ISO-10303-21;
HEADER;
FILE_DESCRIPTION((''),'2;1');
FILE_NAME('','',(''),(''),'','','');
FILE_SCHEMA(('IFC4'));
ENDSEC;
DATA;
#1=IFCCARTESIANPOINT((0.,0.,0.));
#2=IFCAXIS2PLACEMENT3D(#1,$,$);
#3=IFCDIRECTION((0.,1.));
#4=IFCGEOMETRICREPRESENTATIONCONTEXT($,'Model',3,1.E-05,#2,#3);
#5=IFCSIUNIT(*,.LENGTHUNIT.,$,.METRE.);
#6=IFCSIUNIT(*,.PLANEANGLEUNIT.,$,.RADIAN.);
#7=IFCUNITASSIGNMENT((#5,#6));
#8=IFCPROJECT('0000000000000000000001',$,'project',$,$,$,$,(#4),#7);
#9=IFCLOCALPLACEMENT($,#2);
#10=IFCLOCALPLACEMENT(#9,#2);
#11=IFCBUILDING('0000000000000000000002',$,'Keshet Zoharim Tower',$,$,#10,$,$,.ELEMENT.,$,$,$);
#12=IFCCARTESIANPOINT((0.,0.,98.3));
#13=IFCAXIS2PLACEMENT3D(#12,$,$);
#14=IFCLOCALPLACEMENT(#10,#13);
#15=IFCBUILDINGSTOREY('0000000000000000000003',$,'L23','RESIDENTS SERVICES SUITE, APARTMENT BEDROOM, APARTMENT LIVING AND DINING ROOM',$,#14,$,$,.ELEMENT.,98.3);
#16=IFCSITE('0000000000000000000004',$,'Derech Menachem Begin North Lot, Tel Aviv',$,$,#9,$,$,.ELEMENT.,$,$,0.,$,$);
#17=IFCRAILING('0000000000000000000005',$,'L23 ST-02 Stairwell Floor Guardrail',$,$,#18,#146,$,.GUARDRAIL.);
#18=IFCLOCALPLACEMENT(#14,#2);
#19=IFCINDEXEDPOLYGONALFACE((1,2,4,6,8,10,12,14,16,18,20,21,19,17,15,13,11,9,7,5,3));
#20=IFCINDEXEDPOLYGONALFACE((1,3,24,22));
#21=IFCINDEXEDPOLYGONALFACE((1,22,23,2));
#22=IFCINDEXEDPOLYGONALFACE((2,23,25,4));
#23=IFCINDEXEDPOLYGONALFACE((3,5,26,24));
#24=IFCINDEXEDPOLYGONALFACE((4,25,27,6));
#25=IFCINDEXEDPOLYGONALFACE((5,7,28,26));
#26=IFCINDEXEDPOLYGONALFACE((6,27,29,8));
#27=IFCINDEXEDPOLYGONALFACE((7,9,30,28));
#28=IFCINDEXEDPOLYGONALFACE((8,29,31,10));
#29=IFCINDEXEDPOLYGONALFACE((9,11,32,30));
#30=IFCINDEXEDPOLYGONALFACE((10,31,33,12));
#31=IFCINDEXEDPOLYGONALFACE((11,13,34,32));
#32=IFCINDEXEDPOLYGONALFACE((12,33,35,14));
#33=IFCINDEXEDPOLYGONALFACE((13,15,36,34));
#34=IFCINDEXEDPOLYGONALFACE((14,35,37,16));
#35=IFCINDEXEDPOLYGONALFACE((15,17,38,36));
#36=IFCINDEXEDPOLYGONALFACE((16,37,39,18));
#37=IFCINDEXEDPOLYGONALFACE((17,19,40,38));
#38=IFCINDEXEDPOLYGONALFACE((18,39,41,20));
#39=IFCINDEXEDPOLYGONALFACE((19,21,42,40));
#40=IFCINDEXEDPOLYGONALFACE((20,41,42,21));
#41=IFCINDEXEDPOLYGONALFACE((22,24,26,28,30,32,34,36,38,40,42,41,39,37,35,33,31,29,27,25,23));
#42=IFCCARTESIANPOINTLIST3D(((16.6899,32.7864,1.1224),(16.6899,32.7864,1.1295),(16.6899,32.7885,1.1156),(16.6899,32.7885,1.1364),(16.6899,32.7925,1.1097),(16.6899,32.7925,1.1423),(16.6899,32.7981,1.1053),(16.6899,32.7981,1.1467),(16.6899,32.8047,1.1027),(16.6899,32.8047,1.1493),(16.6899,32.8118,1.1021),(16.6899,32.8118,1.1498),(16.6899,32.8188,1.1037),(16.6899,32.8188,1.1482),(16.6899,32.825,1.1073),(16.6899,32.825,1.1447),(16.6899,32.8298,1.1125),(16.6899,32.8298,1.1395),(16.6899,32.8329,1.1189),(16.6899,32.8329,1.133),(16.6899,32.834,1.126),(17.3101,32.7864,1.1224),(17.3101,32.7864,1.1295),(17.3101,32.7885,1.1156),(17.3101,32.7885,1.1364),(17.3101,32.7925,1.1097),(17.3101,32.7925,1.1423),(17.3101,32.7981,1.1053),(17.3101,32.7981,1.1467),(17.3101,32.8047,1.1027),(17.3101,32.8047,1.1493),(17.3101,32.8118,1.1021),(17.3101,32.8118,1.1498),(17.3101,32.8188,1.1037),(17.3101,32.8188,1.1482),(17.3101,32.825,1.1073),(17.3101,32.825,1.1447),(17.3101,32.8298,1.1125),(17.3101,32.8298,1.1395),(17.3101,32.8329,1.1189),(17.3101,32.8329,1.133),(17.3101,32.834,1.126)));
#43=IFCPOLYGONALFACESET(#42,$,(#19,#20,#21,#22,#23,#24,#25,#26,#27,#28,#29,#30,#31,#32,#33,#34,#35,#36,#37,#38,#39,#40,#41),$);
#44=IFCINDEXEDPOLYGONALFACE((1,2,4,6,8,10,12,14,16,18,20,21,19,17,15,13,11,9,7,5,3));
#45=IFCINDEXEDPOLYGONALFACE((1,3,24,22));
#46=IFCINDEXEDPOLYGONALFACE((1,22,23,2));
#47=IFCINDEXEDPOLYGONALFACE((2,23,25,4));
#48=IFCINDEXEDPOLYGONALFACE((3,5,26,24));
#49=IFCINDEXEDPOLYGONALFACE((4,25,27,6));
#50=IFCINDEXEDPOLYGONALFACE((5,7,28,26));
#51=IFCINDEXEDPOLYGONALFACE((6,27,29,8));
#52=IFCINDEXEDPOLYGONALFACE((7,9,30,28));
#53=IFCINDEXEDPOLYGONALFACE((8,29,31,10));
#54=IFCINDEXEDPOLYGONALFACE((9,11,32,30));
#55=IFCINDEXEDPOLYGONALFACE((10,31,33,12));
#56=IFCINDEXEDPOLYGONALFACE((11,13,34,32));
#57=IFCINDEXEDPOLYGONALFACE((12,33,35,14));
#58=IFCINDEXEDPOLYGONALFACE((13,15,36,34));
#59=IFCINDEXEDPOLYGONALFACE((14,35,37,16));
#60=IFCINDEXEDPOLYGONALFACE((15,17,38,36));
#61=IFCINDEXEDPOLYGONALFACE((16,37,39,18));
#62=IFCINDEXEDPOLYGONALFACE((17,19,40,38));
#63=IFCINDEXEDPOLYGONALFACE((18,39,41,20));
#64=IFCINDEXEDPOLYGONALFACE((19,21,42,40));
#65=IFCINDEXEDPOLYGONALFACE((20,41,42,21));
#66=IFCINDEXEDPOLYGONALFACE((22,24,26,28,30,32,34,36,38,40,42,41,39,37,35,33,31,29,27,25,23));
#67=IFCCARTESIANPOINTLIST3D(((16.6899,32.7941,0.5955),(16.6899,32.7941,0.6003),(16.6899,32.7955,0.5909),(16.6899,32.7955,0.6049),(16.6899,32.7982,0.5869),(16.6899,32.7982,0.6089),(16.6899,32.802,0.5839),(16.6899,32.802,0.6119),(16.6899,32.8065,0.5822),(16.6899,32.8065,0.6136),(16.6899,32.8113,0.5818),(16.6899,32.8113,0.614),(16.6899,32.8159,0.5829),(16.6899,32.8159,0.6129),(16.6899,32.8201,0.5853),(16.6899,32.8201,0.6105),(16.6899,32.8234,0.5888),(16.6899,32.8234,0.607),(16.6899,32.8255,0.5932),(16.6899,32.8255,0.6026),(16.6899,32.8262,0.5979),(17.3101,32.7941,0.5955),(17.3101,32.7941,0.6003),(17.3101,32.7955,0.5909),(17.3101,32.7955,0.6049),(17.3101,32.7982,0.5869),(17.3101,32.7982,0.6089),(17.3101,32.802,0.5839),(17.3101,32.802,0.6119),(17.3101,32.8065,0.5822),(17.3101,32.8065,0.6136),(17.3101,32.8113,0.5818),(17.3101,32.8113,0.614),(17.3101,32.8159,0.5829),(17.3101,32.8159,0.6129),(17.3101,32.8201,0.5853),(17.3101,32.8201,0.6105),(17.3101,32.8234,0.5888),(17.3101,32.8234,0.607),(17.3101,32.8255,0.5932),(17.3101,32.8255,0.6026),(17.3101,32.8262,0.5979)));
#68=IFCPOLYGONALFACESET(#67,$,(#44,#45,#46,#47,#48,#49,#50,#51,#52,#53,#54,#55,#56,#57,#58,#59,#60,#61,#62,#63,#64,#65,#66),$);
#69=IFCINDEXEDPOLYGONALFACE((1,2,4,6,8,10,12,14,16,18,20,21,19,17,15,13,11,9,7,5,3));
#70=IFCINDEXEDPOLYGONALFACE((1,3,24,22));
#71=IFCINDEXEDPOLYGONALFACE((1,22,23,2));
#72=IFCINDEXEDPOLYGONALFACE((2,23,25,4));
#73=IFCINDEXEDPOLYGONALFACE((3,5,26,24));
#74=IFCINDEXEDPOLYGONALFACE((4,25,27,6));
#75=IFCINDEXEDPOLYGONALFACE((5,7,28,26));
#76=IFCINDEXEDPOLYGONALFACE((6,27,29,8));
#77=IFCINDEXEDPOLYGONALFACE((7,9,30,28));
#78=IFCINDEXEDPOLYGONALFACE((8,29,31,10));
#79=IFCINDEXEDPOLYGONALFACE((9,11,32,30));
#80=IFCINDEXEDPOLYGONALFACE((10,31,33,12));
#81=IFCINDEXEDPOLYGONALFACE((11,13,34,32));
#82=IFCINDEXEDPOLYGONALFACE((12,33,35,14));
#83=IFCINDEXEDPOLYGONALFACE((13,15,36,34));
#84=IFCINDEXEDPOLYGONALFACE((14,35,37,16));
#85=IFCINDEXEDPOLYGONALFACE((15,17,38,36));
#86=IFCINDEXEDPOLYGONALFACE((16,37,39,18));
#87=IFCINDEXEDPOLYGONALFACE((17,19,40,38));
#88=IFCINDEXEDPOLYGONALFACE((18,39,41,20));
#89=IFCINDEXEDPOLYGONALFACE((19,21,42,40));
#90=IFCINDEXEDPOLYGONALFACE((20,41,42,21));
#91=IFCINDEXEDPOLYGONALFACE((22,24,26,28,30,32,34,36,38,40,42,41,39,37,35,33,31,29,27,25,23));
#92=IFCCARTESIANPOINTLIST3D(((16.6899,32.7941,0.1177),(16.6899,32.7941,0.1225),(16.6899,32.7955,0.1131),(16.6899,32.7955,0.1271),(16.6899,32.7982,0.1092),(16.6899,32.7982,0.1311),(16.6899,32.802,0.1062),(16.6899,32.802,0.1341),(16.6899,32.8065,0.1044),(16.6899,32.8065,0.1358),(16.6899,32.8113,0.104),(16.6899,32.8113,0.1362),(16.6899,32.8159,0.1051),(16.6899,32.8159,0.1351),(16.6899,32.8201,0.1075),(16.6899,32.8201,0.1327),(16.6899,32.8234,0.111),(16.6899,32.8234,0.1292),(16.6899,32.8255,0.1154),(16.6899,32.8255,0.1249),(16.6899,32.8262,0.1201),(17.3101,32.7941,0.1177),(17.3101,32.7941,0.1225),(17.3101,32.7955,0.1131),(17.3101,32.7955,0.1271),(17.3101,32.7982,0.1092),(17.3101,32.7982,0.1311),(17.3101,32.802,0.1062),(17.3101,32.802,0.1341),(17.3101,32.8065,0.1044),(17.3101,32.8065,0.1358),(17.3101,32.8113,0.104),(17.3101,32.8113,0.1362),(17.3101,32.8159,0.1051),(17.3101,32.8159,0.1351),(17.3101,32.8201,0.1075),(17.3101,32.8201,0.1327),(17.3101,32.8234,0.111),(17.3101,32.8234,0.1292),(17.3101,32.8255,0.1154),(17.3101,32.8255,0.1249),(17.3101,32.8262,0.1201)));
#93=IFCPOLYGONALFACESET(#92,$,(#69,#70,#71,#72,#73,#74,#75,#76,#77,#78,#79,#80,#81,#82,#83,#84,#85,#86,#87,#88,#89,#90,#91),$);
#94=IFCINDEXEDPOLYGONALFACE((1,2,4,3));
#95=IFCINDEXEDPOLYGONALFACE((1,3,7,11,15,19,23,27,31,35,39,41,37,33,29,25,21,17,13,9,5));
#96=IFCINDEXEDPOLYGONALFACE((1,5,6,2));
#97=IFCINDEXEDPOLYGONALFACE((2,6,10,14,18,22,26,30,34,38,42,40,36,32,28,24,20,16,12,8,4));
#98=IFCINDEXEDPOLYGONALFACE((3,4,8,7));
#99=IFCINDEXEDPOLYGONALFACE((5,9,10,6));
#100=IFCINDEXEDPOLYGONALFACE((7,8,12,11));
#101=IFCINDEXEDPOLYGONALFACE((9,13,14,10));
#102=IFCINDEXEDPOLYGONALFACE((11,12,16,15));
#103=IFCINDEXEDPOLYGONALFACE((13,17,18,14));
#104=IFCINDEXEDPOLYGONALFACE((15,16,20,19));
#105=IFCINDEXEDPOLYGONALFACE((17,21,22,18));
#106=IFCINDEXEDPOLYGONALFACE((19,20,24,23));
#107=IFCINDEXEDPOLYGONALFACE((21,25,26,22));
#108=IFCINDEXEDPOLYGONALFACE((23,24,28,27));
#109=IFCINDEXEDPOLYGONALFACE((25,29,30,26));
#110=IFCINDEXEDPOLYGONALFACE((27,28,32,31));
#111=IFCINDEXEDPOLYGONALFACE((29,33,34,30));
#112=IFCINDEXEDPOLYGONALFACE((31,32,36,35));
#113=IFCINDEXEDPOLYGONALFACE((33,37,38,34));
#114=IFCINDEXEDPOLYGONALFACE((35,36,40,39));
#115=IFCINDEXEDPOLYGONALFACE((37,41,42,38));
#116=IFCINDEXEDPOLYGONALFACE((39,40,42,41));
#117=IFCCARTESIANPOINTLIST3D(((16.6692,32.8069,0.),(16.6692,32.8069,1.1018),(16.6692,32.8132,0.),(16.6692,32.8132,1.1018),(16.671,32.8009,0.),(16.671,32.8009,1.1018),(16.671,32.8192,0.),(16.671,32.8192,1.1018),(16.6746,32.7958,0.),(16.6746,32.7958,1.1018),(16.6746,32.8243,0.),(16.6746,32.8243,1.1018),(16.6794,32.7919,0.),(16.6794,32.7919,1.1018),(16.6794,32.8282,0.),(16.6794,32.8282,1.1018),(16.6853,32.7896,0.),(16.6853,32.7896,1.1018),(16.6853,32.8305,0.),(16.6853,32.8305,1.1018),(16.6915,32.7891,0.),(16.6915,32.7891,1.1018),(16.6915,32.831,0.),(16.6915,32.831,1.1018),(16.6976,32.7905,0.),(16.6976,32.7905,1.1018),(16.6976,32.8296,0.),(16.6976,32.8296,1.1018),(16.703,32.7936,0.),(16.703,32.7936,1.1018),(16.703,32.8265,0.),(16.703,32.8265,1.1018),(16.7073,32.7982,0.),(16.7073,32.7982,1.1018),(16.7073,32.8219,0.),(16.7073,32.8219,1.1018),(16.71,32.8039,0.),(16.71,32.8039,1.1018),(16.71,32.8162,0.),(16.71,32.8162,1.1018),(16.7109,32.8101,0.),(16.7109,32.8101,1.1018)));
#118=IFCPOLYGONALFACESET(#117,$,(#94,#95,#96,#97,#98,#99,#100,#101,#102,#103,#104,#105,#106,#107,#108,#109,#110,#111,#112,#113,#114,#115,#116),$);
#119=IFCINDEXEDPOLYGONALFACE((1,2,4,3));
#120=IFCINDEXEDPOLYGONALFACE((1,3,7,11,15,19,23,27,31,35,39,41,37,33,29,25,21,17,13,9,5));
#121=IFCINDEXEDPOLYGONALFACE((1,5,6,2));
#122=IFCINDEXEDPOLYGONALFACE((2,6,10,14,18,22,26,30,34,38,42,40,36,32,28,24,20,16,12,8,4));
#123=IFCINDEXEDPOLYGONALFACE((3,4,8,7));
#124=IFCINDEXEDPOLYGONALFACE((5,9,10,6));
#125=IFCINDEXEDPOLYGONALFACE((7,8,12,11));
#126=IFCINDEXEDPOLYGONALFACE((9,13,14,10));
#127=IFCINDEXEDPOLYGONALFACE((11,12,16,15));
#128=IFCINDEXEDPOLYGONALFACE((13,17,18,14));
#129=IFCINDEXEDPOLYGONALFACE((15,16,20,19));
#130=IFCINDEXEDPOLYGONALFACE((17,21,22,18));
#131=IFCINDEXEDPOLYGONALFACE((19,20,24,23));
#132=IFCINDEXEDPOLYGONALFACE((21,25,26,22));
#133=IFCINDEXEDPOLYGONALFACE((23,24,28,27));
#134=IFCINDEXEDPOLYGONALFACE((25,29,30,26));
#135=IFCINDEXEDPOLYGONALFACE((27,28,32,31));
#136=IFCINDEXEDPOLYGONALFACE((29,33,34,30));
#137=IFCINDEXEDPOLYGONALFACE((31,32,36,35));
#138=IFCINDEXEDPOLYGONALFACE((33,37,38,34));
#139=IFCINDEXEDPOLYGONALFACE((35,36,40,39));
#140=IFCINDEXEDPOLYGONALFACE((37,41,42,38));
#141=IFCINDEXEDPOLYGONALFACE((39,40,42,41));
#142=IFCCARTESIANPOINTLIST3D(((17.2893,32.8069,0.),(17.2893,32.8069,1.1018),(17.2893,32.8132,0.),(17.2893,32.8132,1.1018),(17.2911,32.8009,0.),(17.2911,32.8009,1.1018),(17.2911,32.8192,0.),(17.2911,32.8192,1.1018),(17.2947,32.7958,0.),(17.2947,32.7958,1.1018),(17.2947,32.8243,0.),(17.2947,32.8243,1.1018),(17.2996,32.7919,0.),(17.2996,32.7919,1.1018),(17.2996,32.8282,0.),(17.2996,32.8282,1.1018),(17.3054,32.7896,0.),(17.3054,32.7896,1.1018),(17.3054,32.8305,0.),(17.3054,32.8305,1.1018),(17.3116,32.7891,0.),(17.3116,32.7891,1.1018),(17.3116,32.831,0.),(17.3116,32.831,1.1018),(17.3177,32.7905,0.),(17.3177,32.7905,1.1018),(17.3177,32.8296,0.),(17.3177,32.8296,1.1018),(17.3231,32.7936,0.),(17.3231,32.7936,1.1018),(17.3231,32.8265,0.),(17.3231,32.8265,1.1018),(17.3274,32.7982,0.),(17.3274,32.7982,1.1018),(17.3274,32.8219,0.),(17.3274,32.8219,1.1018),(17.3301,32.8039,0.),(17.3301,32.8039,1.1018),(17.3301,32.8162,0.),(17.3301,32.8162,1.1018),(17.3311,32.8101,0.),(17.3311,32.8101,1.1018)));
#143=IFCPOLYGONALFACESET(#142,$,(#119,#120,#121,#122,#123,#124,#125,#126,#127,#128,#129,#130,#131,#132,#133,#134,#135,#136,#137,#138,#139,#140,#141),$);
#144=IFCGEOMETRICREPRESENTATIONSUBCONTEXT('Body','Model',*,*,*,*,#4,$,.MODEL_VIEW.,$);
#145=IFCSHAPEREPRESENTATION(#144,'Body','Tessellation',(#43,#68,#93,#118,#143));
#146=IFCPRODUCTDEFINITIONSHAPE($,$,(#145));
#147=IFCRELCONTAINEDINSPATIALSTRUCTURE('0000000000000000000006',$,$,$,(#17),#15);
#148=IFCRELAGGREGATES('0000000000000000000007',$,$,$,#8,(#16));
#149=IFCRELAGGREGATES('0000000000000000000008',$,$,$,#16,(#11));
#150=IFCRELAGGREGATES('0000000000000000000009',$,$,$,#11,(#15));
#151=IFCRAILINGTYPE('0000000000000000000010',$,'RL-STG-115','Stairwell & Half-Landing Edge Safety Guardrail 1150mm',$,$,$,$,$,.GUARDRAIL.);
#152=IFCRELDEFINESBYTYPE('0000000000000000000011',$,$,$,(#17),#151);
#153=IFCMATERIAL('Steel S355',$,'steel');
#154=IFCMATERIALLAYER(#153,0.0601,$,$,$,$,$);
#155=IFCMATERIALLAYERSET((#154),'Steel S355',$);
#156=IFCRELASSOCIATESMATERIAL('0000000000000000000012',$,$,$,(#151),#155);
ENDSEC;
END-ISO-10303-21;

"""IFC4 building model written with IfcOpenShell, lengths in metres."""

from ifc_helpers import new_model, si_unit, direction, frame, origin, origin_2d, place, context, subcontext, project, spatial, circle, extrude, material, layer, layer_set, type_object, element, save


model = new_model("IFC4")

# Units and contexts
model_context = context("Model", 3, precision=1e-05, world=origin(), true_north=direction((0.0, 1.0)))
body_context = subcontext(model_context, "Body", "Model", "MODEL_VIEW")
ifc_project = project(units=[si_unit("LENGTHUNIT", "METRE"), si_unit("PLANEANGLEUNIT", "RADIAN")], contexts=[model_context])

# Site, building, storey
site_placement = place(None, origin())
site = spatial("IfcSite", under=ifc_project, at=site_placement, Name="Derech Menachem Begin North Lot, Tel Aviv", CompositionType="ELEMENT", RefElevation=0.0)
building_placement = place(site_placement, origin())
building = spatial("IfcBuilding", under=site, at=building_placement, Name="Keshet Zoharim Tower", CompositionType="ELEMENT")
storey_placement = place(building_placement, frame((0.0, 0.0, 98.3)))
storey = spatial("IfcBuildingStorey", under=building, at=storey_placement, Name="L23", Description="RESIDENTS SERVICES SUITE, APARTMENT BEDROOM, APARTMENT LIVING AND DINING ROOM", CompositionType="ELEMENT", Elevation=98.3)

# Shared definitions
ifc_material_1 = material(Name="Steel S355", Category="steel")

# Railing
ifc_layer_1 = layer(ifc_material_1, 0.0601)
ifc_layer_set_1 = layer_set([ifc_layer_1], Name="Steel S355")
railing_type_1 = type_object("IfcRailingType", Name="RL-STG-115", Description="Stairwell & Half-Landing Edge Safety Guardrail 1150mm", PredefinedType="GUARDRAIL", material=ifc_layer_set_1)
railing_1_placement = place(storey_placement, frame((16.6899, 32.8101, 0.0)))
element("IfcRailing", 1, at=railing_1_placement, inside=storey, type_object=railing_type_1, Name="L23 ST-02 Stairwell Floor Guardrail", PredefinedType="GUARDRAIL", context=body_context, shape_type="SweptSolid", body=[
    extrude(circle(Radius=0.0239, at=origin_2d()), frame((0.0, 0.0, 1.126), z_axis=(1.0, 0.0, 0.0), x_axis=(0.0, 1.0, 0.0)), (0.0, 0.0, 1.0), 0.6201),
    extrude(circle(Radius=0.0161, at=origin_2d()), frame((0.0, 0.0, 0.5979), z_axis=(1.0, 0.0, 0.0), x_axis=(0.0, 1.0, 0.0)), (0.0, 0.0, 1.0), 0.6201),
    extrude(circle(Radius=0.0161, at=origin_2d()), frame((0.0, 0.0, 0.1201), z_axis=(1.0, 0.0, 0.0), x_axis=(0.0, 1.0, 0.0)), (0.0, 0.0, 1.0), 0.6201),
    extrude(circle(Radius=0.021, at=origin_2d()), origin(), (0.0, 0.0, 1.0), 1.1018),
    extrude(circle(Radius=0.021, at=origin_2d()), frame((0.6201, 0.0, 0.0)), (0.0, 0.0, 1.0), 1.1018),
])

save(model, "model.ifc")
